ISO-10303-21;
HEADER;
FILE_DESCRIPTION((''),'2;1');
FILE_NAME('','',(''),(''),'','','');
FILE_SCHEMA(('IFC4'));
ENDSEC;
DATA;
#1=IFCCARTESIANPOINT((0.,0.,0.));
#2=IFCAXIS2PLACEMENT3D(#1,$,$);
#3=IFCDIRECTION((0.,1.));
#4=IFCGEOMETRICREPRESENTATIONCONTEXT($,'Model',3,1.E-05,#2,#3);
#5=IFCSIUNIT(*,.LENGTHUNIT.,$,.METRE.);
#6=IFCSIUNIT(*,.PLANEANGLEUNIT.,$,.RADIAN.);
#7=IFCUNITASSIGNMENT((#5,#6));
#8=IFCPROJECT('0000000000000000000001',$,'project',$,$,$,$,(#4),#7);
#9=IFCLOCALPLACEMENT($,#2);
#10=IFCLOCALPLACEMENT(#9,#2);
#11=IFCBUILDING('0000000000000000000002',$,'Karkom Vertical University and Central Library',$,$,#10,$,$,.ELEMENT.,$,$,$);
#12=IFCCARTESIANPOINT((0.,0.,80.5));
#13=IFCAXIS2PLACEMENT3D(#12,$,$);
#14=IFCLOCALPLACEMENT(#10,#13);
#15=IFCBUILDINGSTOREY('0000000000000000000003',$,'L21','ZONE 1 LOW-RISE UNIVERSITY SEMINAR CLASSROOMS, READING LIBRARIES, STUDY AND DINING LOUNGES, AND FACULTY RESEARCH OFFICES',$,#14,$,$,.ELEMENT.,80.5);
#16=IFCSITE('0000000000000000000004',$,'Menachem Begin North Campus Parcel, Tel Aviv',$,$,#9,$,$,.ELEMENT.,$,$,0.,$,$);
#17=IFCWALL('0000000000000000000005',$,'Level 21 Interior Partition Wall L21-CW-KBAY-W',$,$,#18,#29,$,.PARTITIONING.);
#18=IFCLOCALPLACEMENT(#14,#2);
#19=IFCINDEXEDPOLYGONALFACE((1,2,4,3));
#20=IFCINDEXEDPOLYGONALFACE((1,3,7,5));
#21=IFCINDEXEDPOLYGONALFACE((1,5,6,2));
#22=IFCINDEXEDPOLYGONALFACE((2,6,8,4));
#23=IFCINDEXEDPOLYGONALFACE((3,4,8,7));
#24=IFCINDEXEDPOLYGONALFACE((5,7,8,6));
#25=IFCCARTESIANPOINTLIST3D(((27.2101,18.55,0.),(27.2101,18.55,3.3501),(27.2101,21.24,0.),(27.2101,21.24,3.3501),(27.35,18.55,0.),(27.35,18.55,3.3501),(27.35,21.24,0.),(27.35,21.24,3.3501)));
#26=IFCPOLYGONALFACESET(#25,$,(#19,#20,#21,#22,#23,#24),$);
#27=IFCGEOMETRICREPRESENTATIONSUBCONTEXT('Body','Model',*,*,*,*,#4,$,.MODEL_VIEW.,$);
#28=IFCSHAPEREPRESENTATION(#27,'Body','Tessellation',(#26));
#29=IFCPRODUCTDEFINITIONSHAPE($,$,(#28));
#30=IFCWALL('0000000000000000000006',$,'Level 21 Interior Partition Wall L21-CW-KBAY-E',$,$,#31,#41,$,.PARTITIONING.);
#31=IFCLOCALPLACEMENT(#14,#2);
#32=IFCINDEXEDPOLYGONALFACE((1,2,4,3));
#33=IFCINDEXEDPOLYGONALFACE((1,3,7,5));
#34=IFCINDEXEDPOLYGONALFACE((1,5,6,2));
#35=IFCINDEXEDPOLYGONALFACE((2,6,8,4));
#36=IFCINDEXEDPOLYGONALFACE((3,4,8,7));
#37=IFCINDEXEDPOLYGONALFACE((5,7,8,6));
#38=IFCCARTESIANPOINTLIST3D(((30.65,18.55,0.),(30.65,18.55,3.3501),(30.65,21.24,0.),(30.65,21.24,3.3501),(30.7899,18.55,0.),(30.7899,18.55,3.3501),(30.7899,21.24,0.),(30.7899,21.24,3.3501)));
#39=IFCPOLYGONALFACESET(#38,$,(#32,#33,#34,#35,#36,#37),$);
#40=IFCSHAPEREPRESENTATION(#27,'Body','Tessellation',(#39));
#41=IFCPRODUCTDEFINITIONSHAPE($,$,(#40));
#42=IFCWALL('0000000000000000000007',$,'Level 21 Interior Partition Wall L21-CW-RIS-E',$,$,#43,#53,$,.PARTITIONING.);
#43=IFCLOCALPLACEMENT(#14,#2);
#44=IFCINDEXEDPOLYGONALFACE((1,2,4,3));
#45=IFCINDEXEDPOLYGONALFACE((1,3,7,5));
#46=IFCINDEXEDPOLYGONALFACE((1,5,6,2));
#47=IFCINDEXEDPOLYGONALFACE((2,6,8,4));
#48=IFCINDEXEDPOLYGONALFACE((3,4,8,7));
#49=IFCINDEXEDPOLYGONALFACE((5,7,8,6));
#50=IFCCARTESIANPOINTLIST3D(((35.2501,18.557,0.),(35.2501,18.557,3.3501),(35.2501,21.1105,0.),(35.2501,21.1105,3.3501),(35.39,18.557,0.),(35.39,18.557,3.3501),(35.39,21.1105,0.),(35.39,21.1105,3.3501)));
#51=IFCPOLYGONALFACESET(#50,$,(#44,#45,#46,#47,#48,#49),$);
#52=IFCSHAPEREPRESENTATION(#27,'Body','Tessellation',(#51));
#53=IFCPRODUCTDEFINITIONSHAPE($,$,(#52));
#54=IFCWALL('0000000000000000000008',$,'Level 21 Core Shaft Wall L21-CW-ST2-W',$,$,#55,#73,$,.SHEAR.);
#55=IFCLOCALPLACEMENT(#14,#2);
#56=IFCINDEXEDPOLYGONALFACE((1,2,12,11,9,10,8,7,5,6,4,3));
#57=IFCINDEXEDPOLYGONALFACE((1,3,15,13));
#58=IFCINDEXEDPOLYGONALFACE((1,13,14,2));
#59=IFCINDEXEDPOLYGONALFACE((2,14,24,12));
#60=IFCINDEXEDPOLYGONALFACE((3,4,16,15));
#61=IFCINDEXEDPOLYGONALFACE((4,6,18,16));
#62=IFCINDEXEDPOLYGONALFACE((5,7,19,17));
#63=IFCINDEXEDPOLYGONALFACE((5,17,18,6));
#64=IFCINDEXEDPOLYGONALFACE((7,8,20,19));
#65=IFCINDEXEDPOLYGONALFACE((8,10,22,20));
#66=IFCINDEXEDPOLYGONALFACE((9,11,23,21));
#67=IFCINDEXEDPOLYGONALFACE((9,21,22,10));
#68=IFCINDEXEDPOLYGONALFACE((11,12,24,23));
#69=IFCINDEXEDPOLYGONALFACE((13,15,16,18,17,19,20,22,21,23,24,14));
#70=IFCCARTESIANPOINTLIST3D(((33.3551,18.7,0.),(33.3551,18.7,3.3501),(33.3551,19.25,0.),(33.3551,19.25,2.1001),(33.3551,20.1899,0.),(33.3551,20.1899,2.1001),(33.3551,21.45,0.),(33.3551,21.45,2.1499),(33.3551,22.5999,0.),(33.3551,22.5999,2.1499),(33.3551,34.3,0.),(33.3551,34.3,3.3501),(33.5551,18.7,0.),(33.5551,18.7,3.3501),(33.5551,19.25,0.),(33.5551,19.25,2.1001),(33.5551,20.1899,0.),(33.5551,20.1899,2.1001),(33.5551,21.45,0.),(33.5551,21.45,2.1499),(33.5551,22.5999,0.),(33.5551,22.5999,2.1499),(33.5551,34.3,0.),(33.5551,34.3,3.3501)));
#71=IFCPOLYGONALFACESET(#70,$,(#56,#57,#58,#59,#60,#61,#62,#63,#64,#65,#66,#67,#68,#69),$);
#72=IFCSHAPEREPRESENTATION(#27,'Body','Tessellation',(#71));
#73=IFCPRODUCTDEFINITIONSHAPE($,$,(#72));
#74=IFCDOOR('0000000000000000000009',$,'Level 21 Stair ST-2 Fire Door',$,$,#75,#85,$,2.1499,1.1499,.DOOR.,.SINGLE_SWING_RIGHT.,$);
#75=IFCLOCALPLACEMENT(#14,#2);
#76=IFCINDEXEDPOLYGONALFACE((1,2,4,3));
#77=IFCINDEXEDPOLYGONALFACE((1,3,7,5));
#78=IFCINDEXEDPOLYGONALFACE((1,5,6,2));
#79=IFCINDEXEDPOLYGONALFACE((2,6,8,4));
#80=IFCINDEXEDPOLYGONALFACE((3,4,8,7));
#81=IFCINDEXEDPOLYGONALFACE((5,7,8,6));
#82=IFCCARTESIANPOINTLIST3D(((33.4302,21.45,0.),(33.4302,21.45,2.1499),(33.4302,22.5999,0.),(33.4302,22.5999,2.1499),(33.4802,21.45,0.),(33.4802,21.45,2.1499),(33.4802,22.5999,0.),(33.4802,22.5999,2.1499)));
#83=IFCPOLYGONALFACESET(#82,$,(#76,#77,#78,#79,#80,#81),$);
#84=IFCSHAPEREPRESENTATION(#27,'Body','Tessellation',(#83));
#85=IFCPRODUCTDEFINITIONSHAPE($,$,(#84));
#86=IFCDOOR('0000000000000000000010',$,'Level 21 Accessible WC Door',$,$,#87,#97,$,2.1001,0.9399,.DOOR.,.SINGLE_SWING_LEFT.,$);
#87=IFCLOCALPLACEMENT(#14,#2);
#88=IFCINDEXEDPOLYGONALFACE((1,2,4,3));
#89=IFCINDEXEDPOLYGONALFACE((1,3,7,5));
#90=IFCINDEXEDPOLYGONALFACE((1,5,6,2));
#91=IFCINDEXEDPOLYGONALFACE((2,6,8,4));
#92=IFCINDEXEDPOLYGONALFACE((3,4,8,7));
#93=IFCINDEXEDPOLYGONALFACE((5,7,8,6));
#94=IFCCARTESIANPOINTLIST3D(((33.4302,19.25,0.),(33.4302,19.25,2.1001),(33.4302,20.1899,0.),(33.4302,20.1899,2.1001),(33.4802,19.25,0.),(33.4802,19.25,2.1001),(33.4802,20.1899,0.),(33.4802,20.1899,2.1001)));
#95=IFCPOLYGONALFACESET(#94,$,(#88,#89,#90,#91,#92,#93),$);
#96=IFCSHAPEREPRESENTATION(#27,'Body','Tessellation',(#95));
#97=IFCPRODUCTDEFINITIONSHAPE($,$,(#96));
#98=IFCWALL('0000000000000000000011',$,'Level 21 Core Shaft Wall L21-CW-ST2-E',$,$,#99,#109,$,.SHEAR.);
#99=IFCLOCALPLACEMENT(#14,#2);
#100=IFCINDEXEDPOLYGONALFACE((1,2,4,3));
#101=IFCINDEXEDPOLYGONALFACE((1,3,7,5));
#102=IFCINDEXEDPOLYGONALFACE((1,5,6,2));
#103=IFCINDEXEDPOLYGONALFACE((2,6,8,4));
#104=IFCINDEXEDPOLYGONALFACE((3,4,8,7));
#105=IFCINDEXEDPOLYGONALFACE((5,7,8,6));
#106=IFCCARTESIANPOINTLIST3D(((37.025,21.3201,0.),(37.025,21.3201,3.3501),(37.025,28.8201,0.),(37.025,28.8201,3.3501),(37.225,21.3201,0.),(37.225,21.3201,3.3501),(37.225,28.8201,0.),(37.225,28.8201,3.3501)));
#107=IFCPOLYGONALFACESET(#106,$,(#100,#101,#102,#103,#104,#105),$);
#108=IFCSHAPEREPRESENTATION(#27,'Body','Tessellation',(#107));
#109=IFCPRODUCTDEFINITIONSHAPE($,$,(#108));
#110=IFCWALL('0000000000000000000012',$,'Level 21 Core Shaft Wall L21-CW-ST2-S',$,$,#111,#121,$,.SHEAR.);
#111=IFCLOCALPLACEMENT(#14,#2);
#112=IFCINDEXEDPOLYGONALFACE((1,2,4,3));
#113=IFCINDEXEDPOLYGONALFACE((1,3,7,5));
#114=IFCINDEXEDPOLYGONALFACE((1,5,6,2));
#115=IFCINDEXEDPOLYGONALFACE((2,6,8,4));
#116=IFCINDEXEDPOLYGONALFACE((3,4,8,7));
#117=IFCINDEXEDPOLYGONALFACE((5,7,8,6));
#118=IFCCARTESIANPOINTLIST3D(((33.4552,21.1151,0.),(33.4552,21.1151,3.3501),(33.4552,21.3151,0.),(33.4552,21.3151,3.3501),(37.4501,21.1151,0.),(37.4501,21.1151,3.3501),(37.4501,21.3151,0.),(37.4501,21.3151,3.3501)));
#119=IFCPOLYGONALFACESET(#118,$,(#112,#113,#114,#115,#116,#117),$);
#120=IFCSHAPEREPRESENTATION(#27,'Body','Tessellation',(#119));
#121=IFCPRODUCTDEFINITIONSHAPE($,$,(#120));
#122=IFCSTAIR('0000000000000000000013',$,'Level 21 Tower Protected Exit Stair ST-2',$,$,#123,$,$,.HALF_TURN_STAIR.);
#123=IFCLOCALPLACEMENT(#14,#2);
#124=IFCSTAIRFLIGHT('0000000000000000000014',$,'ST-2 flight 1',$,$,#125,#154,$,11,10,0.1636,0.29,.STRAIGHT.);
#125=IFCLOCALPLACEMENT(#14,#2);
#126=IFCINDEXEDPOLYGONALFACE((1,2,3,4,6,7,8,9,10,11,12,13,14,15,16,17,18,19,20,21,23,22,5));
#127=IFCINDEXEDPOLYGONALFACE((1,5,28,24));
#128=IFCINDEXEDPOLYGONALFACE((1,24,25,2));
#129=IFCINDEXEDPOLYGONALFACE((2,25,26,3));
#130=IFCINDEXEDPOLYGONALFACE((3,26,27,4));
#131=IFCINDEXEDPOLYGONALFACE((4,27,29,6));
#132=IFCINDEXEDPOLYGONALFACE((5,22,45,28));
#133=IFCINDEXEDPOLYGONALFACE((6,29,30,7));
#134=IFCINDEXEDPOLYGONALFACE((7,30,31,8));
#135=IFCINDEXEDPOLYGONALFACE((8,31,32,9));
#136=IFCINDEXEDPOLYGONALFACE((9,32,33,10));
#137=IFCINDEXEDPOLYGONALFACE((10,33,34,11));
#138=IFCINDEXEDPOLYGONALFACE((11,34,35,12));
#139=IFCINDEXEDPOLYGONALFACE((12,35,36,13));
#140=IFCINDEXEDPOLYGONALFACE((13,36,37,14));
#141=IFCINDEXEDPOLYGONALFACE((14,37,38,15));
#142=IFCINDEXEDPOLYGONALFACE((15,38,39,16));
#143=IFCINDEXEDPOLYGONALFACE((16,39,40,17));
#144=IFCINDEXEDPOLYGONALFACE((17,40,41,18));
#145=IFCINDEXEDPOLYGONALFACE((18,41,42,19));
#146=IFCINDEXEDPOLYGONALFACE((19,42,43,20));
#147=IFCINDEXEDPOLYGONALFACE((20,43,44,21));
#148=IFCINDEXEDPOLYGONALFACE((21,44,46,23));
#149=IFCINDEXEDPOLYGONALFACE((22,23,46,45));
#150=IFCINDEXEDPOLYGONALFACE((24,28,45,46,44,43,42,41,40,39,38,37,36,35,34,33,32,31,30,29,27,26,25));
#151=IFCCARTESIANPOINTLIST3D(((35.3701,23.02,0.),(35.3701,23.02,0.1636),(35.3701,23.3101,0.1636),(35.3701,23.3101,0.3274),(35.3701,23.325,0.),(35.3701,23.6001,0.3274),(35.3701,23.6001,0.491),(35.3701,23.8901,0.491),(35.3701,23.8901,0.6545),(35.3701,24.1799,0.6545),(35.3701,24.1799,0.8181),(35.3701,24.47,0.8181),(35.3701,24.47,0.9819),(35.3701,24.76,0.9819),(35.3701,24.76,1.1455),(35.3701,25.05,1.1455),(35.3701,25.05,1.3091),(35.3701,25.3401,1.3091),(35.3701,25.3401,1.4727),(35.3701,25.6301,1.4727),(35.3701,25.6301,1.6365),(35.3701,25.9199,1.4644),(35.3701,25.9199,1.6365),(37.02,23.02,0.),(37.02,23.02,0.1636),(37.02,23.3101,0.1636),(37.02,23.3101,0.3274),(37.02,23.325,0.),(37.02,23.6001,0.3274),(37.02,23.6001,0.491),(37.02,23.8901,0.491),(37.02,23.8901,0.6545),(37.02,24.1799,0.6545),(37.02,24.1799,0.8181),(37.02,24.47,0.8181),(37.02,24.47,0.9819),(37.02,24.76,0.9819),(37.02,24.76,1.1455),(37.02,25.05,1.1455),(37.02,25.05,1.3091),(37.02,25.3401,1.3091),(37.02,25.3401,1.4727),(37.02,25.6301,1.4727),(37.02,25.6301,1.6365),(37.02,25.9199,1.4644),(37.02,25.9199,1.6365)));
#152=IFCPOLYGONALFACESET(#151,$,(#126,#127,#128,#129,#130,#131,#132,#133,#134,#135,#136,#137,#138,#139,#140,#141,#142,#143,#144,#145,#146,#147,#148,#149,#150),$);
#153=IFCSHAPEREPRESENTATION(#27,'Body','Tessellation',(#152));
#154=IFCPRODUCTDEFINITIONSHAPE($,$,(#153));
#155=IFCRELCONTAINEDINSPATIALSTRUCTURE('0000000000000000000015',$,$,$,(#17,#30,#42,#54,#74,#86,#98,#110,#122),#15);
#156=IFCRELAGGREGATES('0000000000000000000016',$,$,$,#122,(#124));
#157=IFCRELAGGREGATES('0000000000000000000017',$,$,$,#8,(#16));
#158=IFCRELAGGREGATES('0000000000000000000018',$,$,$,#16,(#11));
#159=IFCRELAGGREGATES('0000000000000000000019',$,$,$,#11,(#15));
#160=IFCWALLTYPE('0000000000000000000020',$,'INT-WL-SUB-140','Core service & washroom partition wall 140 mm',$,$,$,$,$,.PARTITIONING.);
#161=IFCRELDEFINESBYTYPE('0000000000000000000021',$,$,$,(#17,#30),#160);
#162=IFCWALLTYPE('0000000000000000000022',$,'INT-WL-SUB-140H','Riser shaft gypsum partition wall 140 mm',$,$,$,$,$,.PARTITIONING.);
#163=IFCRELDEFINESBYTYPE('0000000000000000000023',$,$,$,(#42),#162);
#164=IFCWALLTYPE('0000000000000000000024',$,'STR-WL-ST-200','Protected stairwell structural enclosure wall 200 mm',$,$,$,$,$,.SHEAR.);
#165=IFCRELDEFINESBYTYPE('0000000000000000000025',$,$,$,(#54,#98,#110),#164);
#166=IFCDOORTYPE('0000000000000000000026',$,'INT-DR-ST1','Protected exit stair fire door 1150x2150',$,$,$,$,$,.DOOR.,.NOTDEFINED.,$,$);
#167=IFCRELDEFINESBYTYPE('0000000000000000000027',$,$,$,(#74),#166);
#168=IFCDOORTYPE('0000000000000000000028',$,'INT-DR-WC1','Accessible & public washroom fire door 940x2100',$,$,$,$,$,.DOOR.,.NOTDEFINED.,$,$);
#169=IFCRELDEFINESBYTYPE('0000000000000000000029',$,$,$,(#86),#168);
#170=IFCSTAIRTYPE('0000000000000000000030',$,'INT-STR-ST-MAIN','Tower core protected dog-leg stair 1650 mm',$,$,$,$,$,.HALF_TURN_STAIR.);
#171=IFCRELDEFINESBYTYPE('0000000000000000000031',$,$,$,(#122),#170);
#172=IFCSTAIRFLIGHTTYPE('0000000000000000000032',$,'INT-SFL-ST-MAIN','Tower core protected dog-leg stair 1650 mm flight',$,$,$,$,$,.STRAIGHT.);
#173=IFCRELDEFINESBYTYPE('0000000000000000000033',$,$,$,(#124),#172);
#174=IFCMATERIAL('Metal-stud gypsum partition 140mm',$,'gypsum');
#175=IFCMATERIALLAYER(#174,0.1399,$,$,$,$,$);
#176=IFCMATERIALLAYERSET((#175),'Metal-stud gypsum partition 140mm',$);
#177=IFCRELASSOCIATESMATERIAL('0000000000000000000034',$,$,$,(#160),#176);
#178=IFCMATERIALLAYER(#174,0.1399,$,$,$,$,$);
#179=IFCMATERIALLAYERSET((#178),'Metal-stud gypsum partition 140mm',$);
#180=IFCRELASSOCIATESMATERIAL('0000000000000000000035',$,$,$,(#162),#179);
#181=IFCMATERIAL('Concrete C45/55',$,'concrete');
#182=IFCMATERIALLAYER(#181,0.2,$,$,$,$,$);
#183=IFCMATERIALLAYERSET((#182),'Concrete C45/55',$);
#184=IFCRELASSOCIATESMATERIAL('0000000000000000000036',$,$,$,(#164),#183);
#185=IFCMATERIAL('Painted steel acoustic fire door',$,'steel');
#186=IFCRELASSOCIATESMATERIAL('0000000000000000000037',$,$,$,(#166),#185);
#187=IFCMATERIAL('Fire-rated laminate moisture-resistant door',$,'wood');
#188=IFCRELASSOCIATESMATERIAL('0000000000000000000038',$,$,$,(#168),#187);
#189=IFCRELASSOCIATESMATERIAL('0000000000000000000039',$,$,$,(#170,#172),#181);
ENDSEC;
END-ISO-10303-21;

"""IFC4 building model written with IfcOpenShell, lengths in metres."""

from ifc_helpers import new_model, si_unit, direction, frame, frame_2d, origin, origin_with_axes, place, context, subcontext, project, spatial, polyline, rectangle, outline, extrude, source, transform, mapped, material, layer, layer_set, type_object, element, fill, aggregate, save


model = new_model("IFC4")

# Units and contexts
model_context = context("Model", 3, precision=1e-05, world=origin(), true_north=direction((0.0, 1.0)))
body_context = subcontext(model_context, "Body", "Model", "MODEL_VIEW")
ifc_project = project(units=[si_unit("LENGTHUNIT", "METRE"), si_unit("PLANEANGLEUNIT", "RADIAN")], contexts=[model_context])

# Site, building, storey
site_placement = place(None, origin())
site = spatial("IfcSite", under=ifc_project, at=site_placement, Name="Menachem Begin North Campus Parcel, Tel Aviv", CompositionType="ELEMENT", RefElevation=0.0)
building_placement = place(site_placement, origin())
building = spatial("IfcBuilding", under=site, at=building_placement, Name="Karkom Vertical University and Central Library", CompositionType="ELEMENT")
storey_placement = place(building_placement, frame((0.0, 0.0, 80.5)))
storey = spatial("IfcBuildingStorey", under=building, at=storey_placement, Name="L21", Description="ZONE 1 LOW-RISE UNIVERSITY SEMINAR CLASSROOMS, READING LIBRARIES, STUDY AND DINING LOUNGES, AND FACULTY RESEARCH OFFICES", CompositionType="ELEMENT", Elevation=80.5)

# Shared definitions
ifc_material_1 = material(Name="Metal-stud gypsum partition 140mm", Category="gypsum")
ifc_layer_1 = layer(ifc_material_1, 0.1399)
ifc_layer_set_1 = layer_set([ifc_layer_1], Name="Metal-stud gypsum partition 140mm")
wall_type_1 = type_object("IfcWallType", Name="INT-WL-SUB-140", Description="Core service & washroom partition wall 140 mm", PredefinedType="PARTITIONING", material=ifc_layer_set_1)

# Walls
for number, where, z_axis, x_axis, name in (
    (1, (27.28, 18.55, 0.0), (0.0, 0.0, 1.0), (0.0, 1.0, 0.0), "Level 21 Interior Partition Wall L21-CW-KBAY-W"),
    (2, (30.72, 18.55, 0.0), (0.0, 0.0, 1.0), (0.0, 1.0, 0.0), "Level 21 Interior Partition Wall L21-CW-KBAY-E"),
):
    element("IfcWall", number, at=place(storey_placement, frame(where, z_axis=z_axis, x_axis=x_axis)), inside=storey, type_object=wall_type_1, Name=name, PredefinedType="PARTITIONING", context=body_context, shape_type="SweptSolid", body=[
        extrude(rectangle(XDim=2.6899, YDim=0.1399, at=frame_2d((1.345, 0.0))), origin(), (0.0, 0.0, 1.0), 3.3501),
    ])
ifc_layer_2 = layer(ifc_material_1, 0.1399)
ifc_layer_set_2 = layer_set([ifc_layer_2], Name="Metal-stud gypsum partition 140mm")
wall_type_2 = type_object("IfcWallType", Name="INT-WL-SUB-140H", Description="Riser shaft gypsum partition wall 140 mm", PredefinedType="PARTITIONING", material=ifc_layer_set_2)
wall_1_placement = place(storey_placement, frame((35.3201, 18.5569, 0.0), z_axis=(0.0, 0.0, 1.0), x_axis=(0.0, 1.0, 0.0)))
element("IfcWall", 3, at=wall_1_placement, inside=storey, type_object=wall_type_2, Name="Level 21 Interior Partition Wall L21-CW-RIS-E", PredefinedType="PARTITIONING", context=body_context, shape_type="SweptSolid", body=[
    extrude(rectangle(XDim=2.5535, YDim=0.1399, at=frame_2d((1.2769, 0.0))), origin(), (0.0, 0.0, 1.0), 3.3501),
])

# Wall, openings, doors
ifc_material_2 = material(Name="Concrete C45/55", Category="concrete")
ifc_layer_3 = layer(ifc_material_2, 0.2)
ifc_layer_set_3 = layer_set([ifc_layer_3], Name="Concrete C45/55")
wall_type_3 = type_object("IfcWallType", Name="STR-WL-ST-200", Description="Protected stairwell structural enclosure wall 200 mm", PredefinedType="SHEAR", material=ifc_layer_set_3)
wall_2_placement = place(storey_placement, frame((33.4551, 18.7, 0.0), z_axis=(0.0, 0.0, 1.0), x_axis=(0.0, 1.0, 0.0)))
wall_2 = element("IfcWall", 4, at=wall_2_placement, inside=storey, type_object=wall_type_3, Name="Level 21 Core Shaft Wall L21-CW-ST2-W", PredefinedType="SHEAR", context=body_context, shape_type="SweptSolid", body=[
    extrude(rectangle(XDim=15.6001, YDim=0.2, at=frame_2d((7.8, 0.0))), origin(), (0.0, 0.0, 1.0), 3.3501),
])
opening_1_placement = place(wall_2_placement, frame((2.75, 0.0, 0.0)))
opening_1 = element("IfcOpeningElement", 5, at=opening_1_placement, cuts=wall_2, PredefinedType="OPENING", context=body_context, shape_type="SweptSolid", body=[
    extrude(rectangle(XDim=1.1499, YDim=2.1499, at=frame_2d((0.575, 1.075))), frame((0.0, 0.1099, 0.0), z_axis=(0.0, -1.0, 0.0), x_axis=(1.0, 0.0, 0.0)), (0.0, 0.0, 1.0), 0.22),
])
opening_2_placement = place(wall_2_placement, frame((0.55, 0.0, 0.0)))
opening_2 = element("IfcOpeningElement", 6, at=opening_2_placement, cuts=wall_2, PredefinedType="OPENING", context=body_context, shape_type="SweptSolid", body=[
    extrude(rectangle(XDim=0.9399, YDim=2.1001, at=frame_2d((0.47, 1.05))), frame((0.0, 0.1099, 0.0), z_axis=(0.0, -1.0, 0.0), x_axis=(1.0, 0.0, 0.0)), (0.0, 0.0, 1.0), 0.22),
])
ifc_material_3 = material(Name="Painted steel acoustic fire door", Category="steel")
door_type_1 = type_object("IfcDoorType", Name="INT-DR-ST1", Description="Protected exit stair fire door 1150x2150", OperationType="NOTDEFINED", PredefinedType="DOOR", material=ifc_material_3)
shared_shape_1 = source(origin_with_axes(), body_context, "Body", "SweptSolid", [
    extrude(rectangle(XDim=1.1499, YDim=2.1499, at=frame_2d((0.575, 1.075))), frame((0.0, 0.0249, 0.0), z_axis=(0.0, -1.0, 0.0), x_axis=(1.0, 0.0, 0.0)), (0.0, 0.0, 1.0), 0.05),
])
door_1_placement = place(opening_1_placement, origin())
door_1 = element("IfcDoor", 7, at=door_1_placement, inside=storey, type_object=door_type_1, Name="Level 21 Stair ST-2 Fire Door", OperationType="SINGLE_SWING_RIGHT", OverallHeight=2.1499, OverallWidth=1.1499, PredefinedType="DOOR", context=body_context, shape_type="MappedRepresentation", body=[
    mapped(shared_shape_1, transform((0.0, 0.0, 0.0), scale=1.0)),
])
fill(opening_1, door_1)
ifc_material_4 = material(Name="Fire-rated laminate moisture-resistant door", Category="wood")
door_type_2 = type_object("IfcDoorType", Name="INT-DR-WC1", Description="Accessible & public washroom fire door 940x2100", OperationType="NOTDEFINED", PredefinedType="DOOR", material=ifc_material_4)
shared_shape_2 = source(origin_with_axes(), body_context, "Body", "SweptSolid", [
    extrude(rectangle(XDim=0.9399, YDim=2.1001, at=frame_2d((0.47, 1.05))), frame((0.0, 0.0249, 0.0), z_axis=(0.0, -1.0, 0.0), x_axis=(1.0, 0.0, 0.0)), (0.0, 0.0, 1.0), 0.05),
])
door_2_placement = place(opening_2_placement, origin())
door_2 = element("IfcDoor", 8, at=door_2_placement, inside=storey, type_object=door_type_2, Name="Level 21 Accessible WC Door", OperationType="SINGLE_SWING_LEFT", OverallHeight=2.1001, OverallWidth=0.9399, PredefinedType="DOOR", context=body_context, shape_type="MappedRepresentation", body=[
    mapped(shared_shape_2, transform((0.0, 0.0, 0.0), scale=1.0)),
])
fill(opening_2, door_2)

# Walls
wall_3_placement = place(storey_placement, frame((37.125, 21.3201, 0.0), z_axis=(0.0, 0.0, 1.0), x_axis=(0.0, 1.0, 0.0)))
element("IfcWall", 9, at=wall_3_placement, inside=storey, type_object=wall_type_3, Name="Level 21 Core Shaft Wall L21-CW-ST2-E", PredefinedType="SHEAR", context=body_context, shape_type="SweptSolid", body=[
    extrude(rectangle(XDim=7.5, YDim=0.2, at=frame_2d((3.75, 0.0))), origin(), (0.0, 0.0, 1.0), 3.3501),
])
wall_4_placement = place(storey_placement, frame((33.4551, 21.2151, 0.0), z_axis=(0.0, 0.0, 1.0), x_axis=(1.0, 0.0, 0.0)))
element("IfcWall", 10, at=wall_4_placement, inside=storey, type_object=wall_type_3, Name="Level 21 Core Shaft Wall L21-CW-ST2-S", PredefinedType="SHEAR", context=body_context, shape_type="SweptSolid", body=[
    extrude(rectangle(XDim=3.9949, YDim=0.2, at=frame_2d((1.9976, 0.0))), origin(), (0.0, 0.0, 1.0), 3.3501),
])

# Stair, stair flight
stair_type = type_object("IfcStairType", Name="INT-STR-ST-MAIN", Description="Tower core protected dog-leg stair 1650 mm", PredefinedType="HALF_TURN_STAIR", material=ifc_material_2)
stair_placement = place(storey_placement, origin())
stair = element("IfcStair", 11, at=stair_placement, inside=storey, type_object=stair_type, Name="Level 21 Tower Protected Exit Stair ST-2", PredefinedType="HALF_TURN_STAIR")
stair_flight_type = type_object("IfcStairFlightType", Name="INT-SFL-ST-MAIN", Description="Tower core protected dog-leg stair 1650 mm flight", PredefinedType="STRAIGHT", material=ifc_material_2)
stair_flight_1_placement = place(storey_placement, frame((36.1951, 23.02, 0.0), z_axis=(0.0, 0.0, 1.0), x_axis=(0.0, 1.0, 0.0)))
stair_flight_1 = element("IfcStairFlight", 12, at=stair_flight_1_placement, type_object=stair_flight_type, Name="ST-2 flight 1", NumberOfRisers=11, NumberOfTreads=10, PredefinedType="STRAIGHT", RiserHeight=0.1636, TreadLength=0.29, context=body_context, shape_type="SweptSolid", body=[
    extrude(outline(polyline([(0.0, 0.0), (0.0, 0.1636), (0.29, 0.1636), (0.29, 0.3274), (0.5801, 0.3274), (0.5801, 0.491), (0.8701, 0.491), (0.8701, 0.6545), (1.1599, 0.6545), (1.1599, 0.8181), (1.45, 0.8181), (1.45, 0.9819), (1.74, 0.9819), (1.74, 1.1455), (2.03, 1.1455), (2.03, 1.3091), (2.3201, 1.3091), (2.3201, 1.4727), (2.6101, 1.4727), (2.6101, 1.6365), (2.8999, 1.6365), (2.8999, 1.8), (2.8999, 1.4644), (0.3049, 0.0), (0.0, 0.0)])), frame((0.0, 0.825, 0.0), z_axis=(0.0, -1.0, 0.0), x_axis=(1.0, 0.0, 0.0)), (0.0, 0.0, 1.0), 1.6499),
])
aggregate(stair, [stair_flight_1])

save(model, "model.ifc")
